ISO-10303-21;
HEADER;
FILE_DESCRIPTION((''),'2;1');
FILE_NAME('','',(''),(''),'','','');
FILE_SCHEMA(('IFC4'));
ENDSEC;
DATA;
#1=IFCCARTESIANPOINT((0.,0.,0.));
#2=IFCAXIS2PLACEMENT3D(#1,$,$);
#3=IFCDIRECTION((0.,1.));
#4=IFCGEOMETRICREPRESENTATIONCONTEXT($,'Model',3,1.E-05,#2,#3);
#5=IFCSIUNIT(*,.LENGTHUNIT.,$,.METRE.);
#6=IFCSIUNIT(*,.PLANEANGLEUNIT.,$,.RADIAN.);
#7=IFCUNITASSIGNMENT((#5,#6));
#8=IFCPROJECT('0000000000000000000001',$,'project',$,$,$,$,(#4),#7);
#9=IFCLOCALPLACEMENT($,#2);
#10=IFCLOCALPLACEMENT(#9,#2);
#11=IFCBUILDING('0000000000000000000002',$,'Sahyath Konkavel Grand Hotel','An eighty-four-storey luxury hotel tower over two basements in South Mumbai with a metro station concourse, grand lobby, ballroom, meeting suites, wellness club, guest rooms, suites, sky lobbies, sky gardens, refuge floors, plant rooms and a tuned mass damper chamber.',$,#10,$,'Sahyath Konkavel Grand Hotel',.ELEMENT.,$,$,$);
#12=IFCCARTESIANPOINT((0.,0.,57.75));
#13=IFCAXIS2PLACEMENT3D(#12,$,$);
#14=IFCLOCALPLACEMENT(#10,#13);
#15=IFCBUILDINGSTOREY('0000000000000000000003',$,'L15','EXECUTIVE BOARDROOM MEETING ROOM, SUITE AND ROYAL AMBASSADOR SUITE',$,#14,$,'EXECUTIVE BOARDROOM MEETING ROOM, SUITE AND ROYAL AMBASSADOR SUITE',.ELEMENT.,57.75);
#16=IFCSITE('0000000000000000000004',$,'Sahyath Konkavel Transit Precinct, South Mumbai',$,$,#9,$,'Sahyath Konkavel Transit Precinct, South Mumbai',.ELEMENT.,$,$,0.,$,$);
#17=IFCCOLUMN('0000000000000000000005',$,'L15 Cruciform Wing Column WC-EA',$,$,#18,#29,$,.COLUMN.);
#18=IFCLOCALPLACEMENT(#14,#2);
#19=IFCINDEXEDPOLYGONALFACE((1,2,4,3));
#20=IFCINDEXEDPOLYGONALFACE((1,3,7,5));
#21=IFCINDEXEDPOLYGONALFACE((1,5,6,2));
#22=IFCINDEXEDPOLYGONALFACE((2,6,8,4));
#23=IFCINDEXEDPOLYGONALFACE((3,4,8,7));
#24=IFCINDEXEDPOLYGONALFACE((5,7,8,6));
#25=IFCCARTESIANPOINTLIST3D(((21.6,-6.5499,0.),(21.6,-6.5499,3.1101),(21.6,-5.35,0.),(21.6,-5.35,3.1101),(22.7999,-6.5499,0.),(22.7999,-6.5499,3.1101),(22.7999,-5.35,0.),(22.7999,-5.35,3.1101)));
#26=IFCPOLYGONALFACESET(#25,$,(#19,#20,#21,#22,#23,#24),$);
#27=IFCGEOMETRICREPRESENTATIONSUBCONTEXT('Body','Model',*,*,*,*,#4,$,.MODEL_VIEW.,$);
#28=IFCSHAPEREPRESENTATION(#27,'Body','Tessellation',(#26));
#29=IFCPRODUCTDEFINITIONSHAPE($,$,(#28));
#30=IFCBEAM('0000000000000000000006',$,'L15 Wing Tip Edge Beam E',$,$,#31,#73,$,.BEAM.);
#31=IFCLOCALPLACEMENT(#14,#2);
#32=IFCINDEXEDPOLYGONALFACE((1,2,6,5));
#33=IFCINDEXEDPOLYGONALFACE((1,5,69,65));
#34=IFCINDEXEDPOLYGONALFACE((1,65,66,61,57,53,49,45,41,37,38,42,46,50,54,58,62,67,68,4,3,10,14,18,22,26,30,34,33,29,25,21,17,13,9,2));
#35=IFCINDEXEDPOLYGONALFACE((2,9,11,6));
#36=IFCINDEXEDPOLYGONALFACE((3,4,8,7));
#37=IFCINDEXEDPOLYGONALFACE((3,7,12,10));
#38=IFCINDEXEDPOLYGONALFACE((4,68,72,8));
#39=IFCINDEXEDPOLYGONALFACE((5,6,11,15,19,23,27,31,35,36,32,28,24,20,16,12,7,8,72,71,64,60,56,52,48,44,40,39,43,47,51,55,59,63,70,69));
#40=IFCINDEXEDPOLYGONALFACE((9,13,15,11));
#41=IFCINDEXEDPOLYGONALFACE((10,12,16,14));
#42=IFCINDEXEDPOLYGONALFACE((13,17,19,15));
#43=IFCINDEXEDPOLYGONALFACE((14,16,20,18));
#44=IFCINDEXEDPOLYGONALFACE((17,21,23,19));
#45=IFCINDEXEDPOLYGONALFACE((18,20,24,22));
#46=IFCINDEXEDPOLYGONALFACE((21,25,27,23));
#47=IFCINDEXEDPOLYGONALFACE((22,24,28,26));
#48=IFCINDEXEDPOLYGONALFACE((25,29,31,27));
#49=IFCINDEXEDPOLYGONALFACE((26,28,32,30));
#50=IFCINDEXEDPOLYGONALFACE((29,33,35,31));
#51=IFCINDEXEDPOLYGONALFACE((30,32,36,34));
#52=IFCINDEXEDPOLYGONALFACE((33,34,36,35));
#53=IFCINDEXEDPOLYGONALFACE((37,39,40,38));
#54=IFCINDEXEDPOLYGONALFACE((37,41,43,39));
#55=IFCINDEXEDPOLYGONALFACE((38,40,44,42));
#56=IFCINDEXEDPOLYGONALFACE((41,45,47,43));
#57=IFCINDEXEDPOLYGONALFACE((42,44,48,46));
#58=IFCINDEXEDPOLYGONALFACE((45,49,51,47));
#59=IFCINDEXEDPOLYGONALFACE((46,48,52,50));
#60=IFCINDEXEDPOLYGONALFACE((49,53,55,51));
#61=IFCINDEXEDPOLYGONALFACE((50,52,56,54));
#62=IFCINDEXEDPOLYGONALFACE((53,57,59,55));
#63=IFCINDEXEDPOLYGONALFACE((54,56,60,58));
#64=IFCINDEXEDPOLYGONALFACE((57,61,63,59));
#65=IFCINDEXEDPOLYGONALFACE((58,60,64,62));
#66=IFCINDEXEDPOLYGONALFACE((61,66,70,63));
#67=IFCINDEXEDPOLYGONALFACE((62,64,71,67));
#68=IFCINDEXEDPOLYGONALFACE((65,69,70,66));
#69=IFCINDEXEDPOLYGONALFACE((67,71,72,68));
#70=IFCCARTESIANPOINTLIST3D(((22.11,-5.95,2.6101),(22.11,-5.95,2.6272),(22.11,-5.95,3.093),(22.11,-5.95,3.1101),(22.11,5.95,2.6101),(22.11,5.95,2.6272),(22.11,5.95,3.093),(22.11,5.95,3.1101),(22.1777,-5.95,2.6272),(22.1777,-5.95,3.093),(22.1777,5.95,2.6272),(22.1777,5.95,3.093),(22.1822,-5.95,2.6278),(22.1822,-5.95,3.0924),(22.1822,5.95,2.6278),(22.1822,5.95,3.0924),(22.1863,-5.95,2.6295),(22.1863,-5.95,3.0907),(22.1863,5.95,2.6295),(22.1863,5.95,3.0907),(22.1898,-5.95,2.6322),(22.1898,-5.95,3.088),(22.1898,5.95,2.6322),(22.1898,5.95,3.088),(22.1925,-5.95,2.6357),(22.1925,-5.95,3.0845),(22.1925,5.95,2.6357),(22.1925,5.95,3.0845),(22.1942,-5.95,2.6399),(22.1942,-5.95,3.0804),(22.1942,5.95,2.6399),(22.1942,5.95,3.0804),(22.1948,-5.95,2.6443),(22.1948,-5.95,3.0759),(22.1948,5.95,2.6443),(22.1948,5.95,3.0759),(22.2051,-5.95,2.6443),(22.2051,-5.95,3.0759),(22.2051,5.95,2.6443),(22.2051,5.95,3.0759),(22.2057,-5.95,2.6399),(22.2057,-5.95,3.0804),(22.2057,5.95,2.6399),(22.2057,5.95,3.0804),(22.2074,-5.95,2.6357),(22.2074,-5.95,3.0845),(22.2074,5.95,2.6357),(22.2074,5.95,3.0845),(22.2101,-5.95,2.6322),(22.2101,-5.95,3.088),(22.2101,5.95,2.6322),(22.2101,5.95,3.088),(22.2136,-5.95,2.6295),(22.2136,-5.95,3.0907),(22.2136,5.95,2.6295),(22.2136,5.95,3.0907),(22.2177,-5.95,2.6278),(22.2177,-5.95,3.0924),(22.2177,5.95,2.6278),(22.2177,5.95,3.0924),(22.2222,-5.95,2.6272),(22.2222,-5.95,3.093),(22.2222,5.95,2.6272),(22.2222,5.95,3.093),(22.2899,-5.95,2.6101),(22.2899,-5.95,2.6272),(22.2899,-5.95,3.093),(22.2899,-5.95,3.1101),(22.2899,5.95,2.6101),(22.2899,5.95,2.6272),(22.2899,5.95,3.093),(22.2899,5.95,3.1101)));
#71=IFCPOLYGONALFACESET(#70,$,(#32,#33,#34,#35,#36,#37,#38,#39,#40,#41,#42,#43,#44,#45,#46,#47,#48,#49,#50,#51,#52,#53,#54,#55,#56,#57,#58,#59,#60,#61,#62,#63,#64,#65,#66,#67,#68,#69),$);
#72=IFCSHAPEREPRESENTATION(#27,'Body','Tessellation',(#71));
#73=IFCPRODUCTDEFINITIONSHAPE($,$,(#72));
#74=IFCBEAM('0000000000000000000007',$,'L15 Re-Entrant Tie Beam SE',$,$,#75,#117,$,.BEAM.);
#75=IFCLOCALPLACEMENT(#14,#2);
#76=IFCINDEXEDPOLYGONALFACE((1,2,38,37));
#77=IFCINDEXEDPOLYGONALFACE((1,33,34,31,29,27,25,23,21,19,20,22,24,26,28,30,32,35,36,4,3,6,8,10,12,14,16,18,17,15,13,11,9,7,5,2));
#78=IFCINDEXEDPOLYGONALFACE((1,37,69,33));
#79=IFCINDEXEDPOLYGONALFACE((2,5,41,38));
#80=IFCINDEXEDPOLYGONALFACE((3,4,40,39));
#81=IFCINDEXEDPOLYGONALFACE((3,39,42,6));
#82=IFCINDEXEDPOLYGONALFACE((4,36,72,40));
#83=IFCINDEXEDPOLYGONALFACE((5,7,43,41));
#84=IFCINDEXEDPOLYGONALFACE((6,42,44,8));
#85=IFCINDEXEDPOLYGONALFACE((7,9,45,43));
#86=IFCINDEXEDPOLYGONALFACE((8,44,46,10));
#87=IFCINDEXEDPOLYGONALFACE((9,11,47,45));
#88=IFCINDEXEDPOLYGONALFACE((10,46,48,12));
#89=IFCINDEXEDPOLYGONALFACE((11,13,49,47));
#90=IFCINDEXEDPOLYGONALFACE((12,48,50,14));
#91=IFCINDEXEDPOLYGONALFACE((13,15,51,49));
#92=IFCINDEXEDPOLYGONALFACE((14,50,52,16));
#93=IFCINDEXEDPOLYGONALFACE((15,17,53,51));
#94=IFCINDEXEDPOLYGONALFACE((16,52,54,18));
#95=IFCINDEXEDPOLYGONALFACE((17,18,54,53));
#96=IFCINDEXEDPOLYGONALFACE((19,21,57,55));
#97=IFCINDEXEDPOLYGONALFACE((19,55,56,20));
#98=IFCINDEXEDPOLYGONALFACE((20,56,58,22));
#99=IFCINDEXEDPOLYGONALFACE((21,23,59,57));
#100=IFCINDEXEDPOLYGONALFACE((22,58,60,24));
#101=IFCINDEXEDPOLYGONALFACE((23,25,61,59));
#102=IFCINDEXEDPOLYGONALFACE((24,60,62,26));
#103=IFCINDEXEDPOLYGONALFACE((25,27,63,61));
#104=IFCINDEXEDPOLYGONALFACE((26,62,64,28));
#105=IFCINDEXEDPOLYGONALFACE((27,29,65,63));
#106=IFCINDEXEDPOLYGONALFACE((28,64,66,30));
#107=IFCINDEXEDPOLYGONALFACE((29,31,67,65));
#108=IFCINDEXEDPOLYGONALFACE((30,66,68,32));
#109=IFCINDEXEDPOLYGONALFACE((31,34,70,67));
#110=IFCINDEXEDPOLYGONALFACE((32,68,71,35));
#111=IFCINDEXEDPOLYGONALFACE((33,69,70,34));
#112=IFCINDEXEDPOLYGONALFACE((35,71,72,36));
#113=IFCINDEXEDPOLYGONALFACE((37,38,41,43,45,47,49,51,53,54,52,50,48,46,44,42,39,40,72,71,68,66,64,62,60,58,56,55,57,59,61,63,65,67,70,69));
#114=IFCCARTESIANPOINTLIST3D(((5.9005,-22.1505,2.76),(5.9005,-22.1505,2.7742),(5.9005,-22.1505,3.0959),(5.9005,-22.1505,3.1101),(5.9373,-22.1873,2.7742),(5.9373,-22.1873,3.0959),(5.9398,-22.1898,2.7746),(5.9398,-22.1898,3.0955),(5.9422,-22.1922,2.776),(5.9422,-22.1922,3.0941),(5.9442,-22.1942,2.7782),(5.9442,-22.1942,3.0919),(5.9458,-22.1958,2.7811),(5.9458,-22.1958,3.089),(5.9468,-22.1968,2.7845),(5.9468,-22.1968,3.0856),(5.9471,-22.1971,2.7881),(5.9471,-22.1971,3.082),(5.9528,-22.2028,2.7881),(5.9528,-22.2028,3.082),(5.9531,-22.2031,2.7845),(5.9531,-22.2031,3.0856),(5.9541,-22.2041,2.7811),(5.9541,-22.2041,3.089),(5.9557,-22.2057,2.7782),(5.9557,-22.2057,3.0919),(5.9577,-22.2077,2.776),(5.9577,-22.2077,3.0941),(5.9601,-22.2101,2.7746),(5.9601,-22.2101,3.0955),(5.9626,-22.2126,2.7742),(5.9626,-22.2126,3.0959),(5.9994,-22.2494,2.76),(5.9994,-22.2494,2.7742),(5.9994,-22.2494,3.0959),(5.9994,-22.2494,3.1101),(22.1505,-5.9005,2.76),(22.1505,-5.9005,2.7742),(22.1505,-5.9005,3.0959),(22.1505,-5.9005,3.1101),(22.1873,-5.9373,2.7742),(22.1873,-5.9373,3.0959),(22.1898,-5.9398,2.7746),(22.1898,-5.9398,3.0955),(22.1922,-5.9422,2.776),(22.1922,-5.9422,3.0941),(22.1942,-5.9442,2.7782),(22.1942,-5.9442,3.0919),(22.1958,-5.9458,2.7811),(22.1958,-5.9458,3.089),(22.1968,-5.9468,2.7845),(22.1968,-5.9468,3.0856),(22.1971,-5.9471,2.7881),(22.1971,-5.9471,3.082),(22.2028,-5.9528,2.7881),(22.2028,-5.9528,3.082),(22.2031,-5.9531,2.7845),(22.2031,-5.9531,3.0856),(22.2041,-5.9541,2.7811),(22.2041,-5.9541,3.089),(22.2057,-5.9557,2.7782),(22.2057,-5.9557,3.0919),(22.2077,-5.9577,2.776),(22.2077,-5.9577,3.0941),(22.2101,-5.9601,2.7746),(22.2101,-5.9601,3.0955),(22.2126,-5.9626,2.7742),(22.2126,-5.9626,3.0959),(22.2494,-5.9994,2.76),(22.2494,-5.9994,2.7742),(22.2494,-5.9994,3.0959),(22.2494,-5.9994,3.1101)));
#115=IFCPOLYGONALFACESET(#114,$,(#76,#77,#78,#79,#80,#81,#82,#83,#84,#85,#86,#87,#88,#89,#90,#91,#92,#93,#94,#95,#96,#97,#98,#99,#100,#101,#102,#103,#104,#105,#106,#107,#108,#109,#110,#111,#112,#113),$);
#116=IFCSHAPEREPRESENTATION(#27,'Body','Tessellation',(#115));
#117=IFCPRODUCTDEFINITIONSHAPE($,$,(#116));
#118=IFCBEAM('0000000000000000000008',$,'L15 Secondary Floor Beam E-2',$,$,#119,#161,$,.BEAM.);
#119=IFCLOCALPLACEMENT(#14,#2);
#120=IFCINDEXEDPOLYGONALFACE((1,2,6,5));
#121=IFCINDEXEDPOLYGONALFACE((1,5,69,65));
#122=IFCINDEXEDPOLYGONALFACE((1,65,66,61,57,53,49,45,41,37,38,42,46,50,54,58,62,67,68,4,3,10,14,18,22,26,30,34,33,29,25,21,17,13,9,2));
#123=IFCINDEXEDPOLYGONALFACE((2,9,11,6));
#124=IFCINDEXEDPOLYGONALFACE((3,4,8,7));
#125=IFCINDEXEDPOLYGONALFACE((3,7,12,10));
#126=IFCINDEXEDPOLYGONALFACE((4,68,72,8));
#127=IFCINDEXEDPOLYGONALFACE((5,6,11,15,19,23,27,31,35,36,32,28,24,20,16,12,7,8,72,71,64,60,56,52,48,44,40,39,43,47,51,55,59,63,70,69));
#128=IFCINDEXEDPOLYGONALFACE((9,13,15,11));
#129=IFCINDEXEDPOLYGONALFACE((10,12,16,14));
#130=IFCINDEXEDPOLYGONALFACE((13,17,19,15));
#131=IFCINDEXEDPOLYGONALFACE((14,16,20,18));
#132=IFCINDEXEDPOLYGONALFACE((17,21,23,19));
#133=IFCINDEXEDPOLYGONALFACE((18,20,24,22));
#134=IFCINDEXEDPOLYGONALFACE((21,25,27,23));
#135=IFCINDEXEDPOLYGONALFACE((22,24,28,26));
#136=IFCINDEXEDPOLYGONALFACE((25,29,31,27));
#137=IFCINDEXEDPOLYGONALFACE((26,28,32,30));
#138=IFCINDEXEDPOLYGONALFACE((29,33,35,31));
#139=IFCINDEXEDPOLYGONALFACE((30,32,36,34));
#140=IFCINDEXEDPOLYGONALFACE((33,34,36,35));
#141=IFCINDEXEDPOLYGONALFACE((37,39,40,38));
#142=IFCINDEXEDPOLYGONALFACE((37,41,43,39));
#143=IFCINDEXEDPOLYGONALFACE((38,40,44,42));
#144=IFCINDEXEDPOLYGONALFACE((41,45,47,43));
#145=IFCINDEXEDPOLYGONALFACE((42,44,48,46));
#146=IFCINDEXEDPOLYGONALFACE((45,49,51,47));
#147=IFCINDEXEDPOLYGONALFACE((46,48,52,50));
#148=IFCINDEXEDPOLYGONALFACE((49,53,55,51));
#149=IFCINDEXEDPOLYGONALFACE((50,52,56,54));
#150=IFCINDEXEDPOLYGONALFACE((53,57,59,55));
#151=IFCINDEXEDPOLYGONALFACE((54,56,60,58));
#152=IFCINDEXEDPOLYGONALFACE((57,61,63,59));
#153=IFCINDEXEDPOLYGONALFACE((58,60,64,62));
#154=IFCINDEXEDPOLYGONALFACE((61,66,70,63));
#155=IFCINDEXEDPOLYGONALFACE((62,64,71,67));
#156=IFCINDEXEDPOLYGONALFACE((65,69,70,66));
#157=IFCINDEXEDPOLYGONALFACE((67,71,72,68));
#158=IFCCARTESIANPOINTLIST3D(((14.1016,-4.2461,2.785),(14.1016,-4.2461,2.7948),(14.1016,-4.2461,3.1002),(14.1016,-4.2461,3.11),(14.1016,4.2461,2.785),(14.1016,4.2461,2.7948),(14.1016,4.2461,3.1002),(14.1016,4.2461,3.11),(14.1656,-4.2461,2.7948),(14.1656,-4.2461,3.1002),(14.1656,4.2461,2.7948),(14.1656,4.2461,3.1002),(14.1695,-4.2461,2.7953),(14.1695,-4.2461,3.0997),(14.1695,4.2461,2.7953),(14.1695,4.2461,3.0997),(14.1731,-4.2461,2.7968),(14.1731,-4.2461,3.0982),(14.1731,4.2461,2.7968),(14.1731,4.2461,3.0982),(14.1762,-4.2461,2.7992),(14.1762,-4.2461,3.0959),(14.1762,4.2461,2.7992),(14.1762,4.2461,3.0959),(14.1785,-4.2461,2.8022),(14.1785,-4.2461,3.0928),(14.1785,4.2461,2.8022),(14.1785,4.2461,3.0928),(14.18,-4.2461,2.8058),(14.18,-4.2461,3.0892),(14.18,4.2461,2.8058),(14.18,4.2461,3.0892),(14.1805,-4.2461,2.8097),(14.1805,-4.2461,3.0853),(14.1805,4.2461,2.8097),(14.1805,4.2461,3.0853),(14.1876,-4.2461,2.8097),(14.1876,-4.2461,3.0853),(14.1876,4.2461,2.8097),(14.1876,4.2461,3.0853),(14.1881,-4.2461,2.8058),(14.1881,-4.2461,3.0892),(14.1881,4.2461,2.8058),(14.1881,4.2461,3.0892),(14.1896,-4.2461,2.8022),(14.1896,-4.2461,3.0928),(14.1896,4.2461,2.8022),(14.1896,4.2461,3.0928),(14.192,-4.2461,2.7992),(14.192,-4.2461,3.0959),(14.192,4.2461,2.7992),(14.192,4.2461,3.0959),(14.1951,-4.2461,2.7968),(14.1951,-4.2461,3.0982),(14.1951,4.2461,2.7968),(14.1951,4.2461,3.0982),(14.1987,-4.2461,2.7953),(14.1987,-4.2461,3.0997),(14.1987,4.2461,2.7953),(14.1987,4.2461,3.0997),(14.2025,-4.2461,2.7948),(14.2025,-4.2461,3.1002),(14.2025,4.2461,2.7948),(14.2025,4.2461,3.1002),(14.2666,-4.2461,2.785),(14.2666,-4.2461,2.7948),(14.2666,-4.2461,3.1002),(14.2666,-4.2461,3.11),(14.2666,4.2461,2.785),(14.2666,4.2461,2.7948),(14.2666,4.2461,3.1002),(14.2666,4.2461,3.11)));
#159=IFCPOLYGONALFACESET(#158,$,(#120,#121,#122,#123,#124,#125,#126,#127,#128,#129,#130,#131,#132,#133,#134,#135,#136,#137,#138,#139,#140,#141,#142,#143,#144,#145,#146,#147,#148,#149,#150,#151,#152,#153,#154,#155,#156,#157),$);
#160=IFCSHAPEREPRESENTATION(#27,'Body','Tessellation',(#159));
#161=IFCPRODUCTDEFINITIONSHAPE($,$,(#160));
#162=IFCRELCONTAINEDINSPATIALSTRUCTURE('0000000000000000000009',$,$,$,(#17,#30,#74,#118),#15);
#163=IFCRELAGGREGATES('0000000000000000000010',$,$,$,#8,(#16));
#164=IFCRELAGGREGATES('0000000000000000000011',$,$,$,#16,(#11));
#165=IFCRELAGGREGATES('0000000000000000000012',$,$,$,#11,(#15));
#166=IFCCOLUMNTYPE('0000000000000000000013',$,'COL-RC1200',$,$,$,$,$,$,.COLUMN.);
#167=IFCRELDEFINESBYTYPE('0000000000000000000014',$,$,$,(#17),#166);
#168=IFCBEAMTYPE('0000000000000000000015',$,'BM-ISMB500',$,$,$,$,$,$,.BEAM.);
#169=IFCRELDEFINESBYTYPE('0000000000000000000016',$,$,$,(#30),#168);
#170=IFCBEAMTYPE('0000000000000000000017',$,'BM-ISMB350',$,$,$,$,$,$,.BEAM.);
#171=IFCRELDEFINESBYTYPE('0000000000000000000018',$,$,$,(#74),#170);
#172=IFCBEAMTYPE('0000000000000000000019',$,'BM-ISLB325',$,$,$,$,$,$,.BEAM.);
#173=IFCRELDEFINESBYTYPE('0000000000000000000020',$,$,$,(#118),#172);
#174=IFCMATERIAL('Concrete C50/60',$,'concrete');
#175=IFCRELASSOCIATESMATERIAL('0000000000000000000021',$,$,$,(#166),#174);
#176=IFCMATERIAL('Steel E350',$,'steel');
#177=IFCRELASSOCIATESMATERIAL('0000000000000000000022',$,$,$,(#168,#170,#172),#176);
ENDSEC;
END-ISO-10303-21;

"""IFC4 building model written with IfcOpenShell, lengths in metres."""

from ifc_helpers import new_model, si_unit, direction, frame, origin, origin_2d, place, context, subcontext, project, spatial, rectangle, i_section, extrude, source, transform, mapped, material, material_profile, profile_set, type_object, element, save


model = new_model("IFC4")

# Units and contexts
model_context = context("Model", 3, precision=1e-05, world=origin(), true_north=direction((0.0, 1.0)))
body_context = subcontext(model_context, "Body", "Model", "MODEL_VIEW")
ifc_project = project(units=[si_unit("LENGTHUNIT", "METRE"), si_unit("PLANEANGLEUNIT", "RADIAN")], contexts=[model_context])

# Site, building, storey
site_placement = place(None, origin())
site = spatial("IfcSite", under=ifc_project, at=site_placement, Name="Sahyath Konkavel Transit Precinct, South Mumbai", LongName="Sahyath Konkavel Transit Precinct, South Mumbai", CompositionType="ELEMENT", RefElevation=0.0)
building_placement = place(site_placement, origin())
building = spatial("IfcBuilding", under=site, at=building_placement, Name="Sahyath Konkavel Grand Hotel", Description="An eighty-four-storey luxury hotel tower over two basements in South Mumbai with a metro station concourse, grand lobby, ballroom, meeting suites, wellness club, guest rooms, suites, sky lobbies, sky gardens, refuge floors, plant rooms and a tuned mass damper chamber.", LongName="Sahyath Konkavel Grand Hotel", CompositionType="ELEMENT")
storey_placement = place(building_placement, frame((0.0, 0.0, 57.75)))
storey = spatial("IfcBuildingStorey", under=building, at=storey_placement, Name="L15", Description="EXECUTIVE BOARDROOM MEETING ROOM, SUITE AND ROYAL AMBASSADOR SUITE", LongName="EXECUTIVE BOARDROOM MEETING ROOM, SUITE AND ROYAL AMBASSADOR SUITE", CompositionType="ELEMENT", Elevation=57.75)

# Column
ifc_material_1 = material(Name="Concrete C50/60", Category="concrete")
ifc_material_profile_1 = material_profile(ifc_material_1, rectangle(XDim=1.2, YDim=1.2, at=origin_2d()), Name="RC 1200x1200")
ifc_profile_set_1 = profile_set([ifc_material_profile_1], Name="Concrete C50/60")
column_type = type_object("IfcColumnType", Name="COL-RC1200", PredefinedType="COLUMN", material=ifc_profile_set_1)
shared_shape_1 = source(origin(), body_context, "Body", "SweptSolid", [
    extrude(rectangle(XDim=1.2, YDim=1.2, at=origin_2d()), origin(), (0.0, 0.0, 1.0), 3.1101),
])
column_placement = place(storey_placement, frame((22.2, -5.95, 0.0), z_axis=(0.0, 0.0, 1.0), x_axis=(1.0, 0.0, 0.0)))
element("IfcColumn", 1, at=column_placement, inside=storey, type_object=column_type, Name="L15 Cruciform Wing Column WC-EA", PredefinedType="COLUMN", context=body_context, shape_type="MappedRepresentation", body=[
    mapped(shared_shape_1, transform((0.0, 0.0, 0.0), scale=1.0)),
])

# Beams
ifc_material_2 = material(Name="Steel E350", Category="steel")
ifc_material_profile_2 = material_profile(ifc_material_2, i_section(OverallWidth=0.1799, OverallDepth=0.5, WebThickness=0.0103, FlangeThickness=0.0171, FilletRadius=0.0171, at=origin_2d()), Name="ISMB 500")
ifc_profile_set_2 = profile_set([ifc_material_profile_2], Name="Steel E350")
beam_type_1 = type_object("IfcBeamType", Name="BM-ISMB500", PredefinedType="BEAM", material=ifc_profile_set_2)
shared_shape_2 = source(origin(), body_context, "Body", "SweptSolid", [
    extrude(i_section(OverallWidth=0.1799, OverallDepth=0.5, WebThickness=0.0103, FlangeThickness=0.0171, FilletRadius=0.0171, at=origin_2d()), origin(), (0.0, 0.0, 1.0), 11.8999),
])
beam_1_placement = place(storey_placement, frame((22.2, -5.95, 2.8601), z_axis=(0.0, 1.0, 0.0), x_axis=(-1.0, 0.0, 0.0)))
element("IfcBeam", 2, at=beam_1_placement, inside=storey, type_object=beam_type_1, Name="L15 Wing Tip Edge Beam E", PredefinedType="BEAM", context=body_context, shape_type="MappedRepresentation", body=[
    mapped(shared_shape_2, transform((0.0, 0.0, 0.0), scale=1.0)),
])
ifc_material_profile_3 = material_profile(ifc_material_2, i_section(OverallWidth=0.1399, OverallDepth=0.3501, WebThickness=0.0081, FlangeThickness=0.0142, FilletRadius=0.0139, at=origin_2d()), Name="ISMB 350")
ifc_profile_set_3 = profile_set([ifc_material_profile_3], Name="Steel E350")
beam_type_2 = type_object("IfcBeamType", Name="BM-ISMB350", PredefinedType="BEAM", material=ifc_profile_set_3)
shared_shape_3 = source(origin(), body_context, "Body", "SweptSolid", [
    extrude(i_section(OverallWidth=0.1399, OverallDepth=0.3501, WebThickness=0.0081, FlangeThickness=0.0142, FilletRadius=0.0139, at=origin_2d()), origin(), (0.0, 0.0, 1.0), 22.981),
])
beam_2_placement = place(storey_placement, frame((22.2, -5.95, 2.9351), z_axis=(-0.707107, -0.707107, 0.0), x_axis=(0.707107, -0.707107, 0.0)))
element("IfcBeam", 3, at=beam_2_placement, inside=storey, type_object=beam_type_2, Name="L15 Re-Entrant Tie Beam SE", PredefinedType="BEAM", context=body_context, shape_type="MappedRepresentation", body=[
    mapped(shared_shape_3, transform((0.0, 0.0, 0.0), scale=1.0)),
])
ifc_material_profile_4 = material_profile(ifc_material_2, i_section(OverallWidth=0.165, OverallDepth=0.325, WebThickness=0.0071, FlangeThickness=0.0098, FilletRadius=0.0149, at=origin_2d()), Name="ISLB 325")
ifc_profile_set_4 = profile_set([ifc_material_profile_4], Name="Steel E350")
beam_type_3 = type_object("IfcBeamType", Name="BM-ISLB325", PredefinedType="BEAM", material=ifc_profile_set_4)
shared_shape_4 = source(origin(), body_context, "Body", "SweptSolid", [
    extrude(i_section(OverallWidth=0.165, OverallDepth=0.325, WebThickness=0.0071, FlangeThickness=0.0098, FilletRadius=0.0149, at=origin_2d()), origin(), (0.0, 0.0, 1.0), 8.4922),
])
beam_3_placement = place(storey_placement, frame((14.1841, -4.2461, 2.9475), z_axis=(0.0, 1.0, 0.0), x_axis=(-1.0, 0.0, 0.0)))
element("IfcBeam", 4, at=beam_3_placement, inside=storey, type_object=beam_type_3, Name="L15 Secondary Floor Beam E-2", PredefinedType="BEAM", context=body_context, shape_type="MappedRepresentation", body=[
    mapped(shared_shape_4, transform((0.0, 0.0, 0.0), scale=1.0)),
])

save(model, "model.ifc")
